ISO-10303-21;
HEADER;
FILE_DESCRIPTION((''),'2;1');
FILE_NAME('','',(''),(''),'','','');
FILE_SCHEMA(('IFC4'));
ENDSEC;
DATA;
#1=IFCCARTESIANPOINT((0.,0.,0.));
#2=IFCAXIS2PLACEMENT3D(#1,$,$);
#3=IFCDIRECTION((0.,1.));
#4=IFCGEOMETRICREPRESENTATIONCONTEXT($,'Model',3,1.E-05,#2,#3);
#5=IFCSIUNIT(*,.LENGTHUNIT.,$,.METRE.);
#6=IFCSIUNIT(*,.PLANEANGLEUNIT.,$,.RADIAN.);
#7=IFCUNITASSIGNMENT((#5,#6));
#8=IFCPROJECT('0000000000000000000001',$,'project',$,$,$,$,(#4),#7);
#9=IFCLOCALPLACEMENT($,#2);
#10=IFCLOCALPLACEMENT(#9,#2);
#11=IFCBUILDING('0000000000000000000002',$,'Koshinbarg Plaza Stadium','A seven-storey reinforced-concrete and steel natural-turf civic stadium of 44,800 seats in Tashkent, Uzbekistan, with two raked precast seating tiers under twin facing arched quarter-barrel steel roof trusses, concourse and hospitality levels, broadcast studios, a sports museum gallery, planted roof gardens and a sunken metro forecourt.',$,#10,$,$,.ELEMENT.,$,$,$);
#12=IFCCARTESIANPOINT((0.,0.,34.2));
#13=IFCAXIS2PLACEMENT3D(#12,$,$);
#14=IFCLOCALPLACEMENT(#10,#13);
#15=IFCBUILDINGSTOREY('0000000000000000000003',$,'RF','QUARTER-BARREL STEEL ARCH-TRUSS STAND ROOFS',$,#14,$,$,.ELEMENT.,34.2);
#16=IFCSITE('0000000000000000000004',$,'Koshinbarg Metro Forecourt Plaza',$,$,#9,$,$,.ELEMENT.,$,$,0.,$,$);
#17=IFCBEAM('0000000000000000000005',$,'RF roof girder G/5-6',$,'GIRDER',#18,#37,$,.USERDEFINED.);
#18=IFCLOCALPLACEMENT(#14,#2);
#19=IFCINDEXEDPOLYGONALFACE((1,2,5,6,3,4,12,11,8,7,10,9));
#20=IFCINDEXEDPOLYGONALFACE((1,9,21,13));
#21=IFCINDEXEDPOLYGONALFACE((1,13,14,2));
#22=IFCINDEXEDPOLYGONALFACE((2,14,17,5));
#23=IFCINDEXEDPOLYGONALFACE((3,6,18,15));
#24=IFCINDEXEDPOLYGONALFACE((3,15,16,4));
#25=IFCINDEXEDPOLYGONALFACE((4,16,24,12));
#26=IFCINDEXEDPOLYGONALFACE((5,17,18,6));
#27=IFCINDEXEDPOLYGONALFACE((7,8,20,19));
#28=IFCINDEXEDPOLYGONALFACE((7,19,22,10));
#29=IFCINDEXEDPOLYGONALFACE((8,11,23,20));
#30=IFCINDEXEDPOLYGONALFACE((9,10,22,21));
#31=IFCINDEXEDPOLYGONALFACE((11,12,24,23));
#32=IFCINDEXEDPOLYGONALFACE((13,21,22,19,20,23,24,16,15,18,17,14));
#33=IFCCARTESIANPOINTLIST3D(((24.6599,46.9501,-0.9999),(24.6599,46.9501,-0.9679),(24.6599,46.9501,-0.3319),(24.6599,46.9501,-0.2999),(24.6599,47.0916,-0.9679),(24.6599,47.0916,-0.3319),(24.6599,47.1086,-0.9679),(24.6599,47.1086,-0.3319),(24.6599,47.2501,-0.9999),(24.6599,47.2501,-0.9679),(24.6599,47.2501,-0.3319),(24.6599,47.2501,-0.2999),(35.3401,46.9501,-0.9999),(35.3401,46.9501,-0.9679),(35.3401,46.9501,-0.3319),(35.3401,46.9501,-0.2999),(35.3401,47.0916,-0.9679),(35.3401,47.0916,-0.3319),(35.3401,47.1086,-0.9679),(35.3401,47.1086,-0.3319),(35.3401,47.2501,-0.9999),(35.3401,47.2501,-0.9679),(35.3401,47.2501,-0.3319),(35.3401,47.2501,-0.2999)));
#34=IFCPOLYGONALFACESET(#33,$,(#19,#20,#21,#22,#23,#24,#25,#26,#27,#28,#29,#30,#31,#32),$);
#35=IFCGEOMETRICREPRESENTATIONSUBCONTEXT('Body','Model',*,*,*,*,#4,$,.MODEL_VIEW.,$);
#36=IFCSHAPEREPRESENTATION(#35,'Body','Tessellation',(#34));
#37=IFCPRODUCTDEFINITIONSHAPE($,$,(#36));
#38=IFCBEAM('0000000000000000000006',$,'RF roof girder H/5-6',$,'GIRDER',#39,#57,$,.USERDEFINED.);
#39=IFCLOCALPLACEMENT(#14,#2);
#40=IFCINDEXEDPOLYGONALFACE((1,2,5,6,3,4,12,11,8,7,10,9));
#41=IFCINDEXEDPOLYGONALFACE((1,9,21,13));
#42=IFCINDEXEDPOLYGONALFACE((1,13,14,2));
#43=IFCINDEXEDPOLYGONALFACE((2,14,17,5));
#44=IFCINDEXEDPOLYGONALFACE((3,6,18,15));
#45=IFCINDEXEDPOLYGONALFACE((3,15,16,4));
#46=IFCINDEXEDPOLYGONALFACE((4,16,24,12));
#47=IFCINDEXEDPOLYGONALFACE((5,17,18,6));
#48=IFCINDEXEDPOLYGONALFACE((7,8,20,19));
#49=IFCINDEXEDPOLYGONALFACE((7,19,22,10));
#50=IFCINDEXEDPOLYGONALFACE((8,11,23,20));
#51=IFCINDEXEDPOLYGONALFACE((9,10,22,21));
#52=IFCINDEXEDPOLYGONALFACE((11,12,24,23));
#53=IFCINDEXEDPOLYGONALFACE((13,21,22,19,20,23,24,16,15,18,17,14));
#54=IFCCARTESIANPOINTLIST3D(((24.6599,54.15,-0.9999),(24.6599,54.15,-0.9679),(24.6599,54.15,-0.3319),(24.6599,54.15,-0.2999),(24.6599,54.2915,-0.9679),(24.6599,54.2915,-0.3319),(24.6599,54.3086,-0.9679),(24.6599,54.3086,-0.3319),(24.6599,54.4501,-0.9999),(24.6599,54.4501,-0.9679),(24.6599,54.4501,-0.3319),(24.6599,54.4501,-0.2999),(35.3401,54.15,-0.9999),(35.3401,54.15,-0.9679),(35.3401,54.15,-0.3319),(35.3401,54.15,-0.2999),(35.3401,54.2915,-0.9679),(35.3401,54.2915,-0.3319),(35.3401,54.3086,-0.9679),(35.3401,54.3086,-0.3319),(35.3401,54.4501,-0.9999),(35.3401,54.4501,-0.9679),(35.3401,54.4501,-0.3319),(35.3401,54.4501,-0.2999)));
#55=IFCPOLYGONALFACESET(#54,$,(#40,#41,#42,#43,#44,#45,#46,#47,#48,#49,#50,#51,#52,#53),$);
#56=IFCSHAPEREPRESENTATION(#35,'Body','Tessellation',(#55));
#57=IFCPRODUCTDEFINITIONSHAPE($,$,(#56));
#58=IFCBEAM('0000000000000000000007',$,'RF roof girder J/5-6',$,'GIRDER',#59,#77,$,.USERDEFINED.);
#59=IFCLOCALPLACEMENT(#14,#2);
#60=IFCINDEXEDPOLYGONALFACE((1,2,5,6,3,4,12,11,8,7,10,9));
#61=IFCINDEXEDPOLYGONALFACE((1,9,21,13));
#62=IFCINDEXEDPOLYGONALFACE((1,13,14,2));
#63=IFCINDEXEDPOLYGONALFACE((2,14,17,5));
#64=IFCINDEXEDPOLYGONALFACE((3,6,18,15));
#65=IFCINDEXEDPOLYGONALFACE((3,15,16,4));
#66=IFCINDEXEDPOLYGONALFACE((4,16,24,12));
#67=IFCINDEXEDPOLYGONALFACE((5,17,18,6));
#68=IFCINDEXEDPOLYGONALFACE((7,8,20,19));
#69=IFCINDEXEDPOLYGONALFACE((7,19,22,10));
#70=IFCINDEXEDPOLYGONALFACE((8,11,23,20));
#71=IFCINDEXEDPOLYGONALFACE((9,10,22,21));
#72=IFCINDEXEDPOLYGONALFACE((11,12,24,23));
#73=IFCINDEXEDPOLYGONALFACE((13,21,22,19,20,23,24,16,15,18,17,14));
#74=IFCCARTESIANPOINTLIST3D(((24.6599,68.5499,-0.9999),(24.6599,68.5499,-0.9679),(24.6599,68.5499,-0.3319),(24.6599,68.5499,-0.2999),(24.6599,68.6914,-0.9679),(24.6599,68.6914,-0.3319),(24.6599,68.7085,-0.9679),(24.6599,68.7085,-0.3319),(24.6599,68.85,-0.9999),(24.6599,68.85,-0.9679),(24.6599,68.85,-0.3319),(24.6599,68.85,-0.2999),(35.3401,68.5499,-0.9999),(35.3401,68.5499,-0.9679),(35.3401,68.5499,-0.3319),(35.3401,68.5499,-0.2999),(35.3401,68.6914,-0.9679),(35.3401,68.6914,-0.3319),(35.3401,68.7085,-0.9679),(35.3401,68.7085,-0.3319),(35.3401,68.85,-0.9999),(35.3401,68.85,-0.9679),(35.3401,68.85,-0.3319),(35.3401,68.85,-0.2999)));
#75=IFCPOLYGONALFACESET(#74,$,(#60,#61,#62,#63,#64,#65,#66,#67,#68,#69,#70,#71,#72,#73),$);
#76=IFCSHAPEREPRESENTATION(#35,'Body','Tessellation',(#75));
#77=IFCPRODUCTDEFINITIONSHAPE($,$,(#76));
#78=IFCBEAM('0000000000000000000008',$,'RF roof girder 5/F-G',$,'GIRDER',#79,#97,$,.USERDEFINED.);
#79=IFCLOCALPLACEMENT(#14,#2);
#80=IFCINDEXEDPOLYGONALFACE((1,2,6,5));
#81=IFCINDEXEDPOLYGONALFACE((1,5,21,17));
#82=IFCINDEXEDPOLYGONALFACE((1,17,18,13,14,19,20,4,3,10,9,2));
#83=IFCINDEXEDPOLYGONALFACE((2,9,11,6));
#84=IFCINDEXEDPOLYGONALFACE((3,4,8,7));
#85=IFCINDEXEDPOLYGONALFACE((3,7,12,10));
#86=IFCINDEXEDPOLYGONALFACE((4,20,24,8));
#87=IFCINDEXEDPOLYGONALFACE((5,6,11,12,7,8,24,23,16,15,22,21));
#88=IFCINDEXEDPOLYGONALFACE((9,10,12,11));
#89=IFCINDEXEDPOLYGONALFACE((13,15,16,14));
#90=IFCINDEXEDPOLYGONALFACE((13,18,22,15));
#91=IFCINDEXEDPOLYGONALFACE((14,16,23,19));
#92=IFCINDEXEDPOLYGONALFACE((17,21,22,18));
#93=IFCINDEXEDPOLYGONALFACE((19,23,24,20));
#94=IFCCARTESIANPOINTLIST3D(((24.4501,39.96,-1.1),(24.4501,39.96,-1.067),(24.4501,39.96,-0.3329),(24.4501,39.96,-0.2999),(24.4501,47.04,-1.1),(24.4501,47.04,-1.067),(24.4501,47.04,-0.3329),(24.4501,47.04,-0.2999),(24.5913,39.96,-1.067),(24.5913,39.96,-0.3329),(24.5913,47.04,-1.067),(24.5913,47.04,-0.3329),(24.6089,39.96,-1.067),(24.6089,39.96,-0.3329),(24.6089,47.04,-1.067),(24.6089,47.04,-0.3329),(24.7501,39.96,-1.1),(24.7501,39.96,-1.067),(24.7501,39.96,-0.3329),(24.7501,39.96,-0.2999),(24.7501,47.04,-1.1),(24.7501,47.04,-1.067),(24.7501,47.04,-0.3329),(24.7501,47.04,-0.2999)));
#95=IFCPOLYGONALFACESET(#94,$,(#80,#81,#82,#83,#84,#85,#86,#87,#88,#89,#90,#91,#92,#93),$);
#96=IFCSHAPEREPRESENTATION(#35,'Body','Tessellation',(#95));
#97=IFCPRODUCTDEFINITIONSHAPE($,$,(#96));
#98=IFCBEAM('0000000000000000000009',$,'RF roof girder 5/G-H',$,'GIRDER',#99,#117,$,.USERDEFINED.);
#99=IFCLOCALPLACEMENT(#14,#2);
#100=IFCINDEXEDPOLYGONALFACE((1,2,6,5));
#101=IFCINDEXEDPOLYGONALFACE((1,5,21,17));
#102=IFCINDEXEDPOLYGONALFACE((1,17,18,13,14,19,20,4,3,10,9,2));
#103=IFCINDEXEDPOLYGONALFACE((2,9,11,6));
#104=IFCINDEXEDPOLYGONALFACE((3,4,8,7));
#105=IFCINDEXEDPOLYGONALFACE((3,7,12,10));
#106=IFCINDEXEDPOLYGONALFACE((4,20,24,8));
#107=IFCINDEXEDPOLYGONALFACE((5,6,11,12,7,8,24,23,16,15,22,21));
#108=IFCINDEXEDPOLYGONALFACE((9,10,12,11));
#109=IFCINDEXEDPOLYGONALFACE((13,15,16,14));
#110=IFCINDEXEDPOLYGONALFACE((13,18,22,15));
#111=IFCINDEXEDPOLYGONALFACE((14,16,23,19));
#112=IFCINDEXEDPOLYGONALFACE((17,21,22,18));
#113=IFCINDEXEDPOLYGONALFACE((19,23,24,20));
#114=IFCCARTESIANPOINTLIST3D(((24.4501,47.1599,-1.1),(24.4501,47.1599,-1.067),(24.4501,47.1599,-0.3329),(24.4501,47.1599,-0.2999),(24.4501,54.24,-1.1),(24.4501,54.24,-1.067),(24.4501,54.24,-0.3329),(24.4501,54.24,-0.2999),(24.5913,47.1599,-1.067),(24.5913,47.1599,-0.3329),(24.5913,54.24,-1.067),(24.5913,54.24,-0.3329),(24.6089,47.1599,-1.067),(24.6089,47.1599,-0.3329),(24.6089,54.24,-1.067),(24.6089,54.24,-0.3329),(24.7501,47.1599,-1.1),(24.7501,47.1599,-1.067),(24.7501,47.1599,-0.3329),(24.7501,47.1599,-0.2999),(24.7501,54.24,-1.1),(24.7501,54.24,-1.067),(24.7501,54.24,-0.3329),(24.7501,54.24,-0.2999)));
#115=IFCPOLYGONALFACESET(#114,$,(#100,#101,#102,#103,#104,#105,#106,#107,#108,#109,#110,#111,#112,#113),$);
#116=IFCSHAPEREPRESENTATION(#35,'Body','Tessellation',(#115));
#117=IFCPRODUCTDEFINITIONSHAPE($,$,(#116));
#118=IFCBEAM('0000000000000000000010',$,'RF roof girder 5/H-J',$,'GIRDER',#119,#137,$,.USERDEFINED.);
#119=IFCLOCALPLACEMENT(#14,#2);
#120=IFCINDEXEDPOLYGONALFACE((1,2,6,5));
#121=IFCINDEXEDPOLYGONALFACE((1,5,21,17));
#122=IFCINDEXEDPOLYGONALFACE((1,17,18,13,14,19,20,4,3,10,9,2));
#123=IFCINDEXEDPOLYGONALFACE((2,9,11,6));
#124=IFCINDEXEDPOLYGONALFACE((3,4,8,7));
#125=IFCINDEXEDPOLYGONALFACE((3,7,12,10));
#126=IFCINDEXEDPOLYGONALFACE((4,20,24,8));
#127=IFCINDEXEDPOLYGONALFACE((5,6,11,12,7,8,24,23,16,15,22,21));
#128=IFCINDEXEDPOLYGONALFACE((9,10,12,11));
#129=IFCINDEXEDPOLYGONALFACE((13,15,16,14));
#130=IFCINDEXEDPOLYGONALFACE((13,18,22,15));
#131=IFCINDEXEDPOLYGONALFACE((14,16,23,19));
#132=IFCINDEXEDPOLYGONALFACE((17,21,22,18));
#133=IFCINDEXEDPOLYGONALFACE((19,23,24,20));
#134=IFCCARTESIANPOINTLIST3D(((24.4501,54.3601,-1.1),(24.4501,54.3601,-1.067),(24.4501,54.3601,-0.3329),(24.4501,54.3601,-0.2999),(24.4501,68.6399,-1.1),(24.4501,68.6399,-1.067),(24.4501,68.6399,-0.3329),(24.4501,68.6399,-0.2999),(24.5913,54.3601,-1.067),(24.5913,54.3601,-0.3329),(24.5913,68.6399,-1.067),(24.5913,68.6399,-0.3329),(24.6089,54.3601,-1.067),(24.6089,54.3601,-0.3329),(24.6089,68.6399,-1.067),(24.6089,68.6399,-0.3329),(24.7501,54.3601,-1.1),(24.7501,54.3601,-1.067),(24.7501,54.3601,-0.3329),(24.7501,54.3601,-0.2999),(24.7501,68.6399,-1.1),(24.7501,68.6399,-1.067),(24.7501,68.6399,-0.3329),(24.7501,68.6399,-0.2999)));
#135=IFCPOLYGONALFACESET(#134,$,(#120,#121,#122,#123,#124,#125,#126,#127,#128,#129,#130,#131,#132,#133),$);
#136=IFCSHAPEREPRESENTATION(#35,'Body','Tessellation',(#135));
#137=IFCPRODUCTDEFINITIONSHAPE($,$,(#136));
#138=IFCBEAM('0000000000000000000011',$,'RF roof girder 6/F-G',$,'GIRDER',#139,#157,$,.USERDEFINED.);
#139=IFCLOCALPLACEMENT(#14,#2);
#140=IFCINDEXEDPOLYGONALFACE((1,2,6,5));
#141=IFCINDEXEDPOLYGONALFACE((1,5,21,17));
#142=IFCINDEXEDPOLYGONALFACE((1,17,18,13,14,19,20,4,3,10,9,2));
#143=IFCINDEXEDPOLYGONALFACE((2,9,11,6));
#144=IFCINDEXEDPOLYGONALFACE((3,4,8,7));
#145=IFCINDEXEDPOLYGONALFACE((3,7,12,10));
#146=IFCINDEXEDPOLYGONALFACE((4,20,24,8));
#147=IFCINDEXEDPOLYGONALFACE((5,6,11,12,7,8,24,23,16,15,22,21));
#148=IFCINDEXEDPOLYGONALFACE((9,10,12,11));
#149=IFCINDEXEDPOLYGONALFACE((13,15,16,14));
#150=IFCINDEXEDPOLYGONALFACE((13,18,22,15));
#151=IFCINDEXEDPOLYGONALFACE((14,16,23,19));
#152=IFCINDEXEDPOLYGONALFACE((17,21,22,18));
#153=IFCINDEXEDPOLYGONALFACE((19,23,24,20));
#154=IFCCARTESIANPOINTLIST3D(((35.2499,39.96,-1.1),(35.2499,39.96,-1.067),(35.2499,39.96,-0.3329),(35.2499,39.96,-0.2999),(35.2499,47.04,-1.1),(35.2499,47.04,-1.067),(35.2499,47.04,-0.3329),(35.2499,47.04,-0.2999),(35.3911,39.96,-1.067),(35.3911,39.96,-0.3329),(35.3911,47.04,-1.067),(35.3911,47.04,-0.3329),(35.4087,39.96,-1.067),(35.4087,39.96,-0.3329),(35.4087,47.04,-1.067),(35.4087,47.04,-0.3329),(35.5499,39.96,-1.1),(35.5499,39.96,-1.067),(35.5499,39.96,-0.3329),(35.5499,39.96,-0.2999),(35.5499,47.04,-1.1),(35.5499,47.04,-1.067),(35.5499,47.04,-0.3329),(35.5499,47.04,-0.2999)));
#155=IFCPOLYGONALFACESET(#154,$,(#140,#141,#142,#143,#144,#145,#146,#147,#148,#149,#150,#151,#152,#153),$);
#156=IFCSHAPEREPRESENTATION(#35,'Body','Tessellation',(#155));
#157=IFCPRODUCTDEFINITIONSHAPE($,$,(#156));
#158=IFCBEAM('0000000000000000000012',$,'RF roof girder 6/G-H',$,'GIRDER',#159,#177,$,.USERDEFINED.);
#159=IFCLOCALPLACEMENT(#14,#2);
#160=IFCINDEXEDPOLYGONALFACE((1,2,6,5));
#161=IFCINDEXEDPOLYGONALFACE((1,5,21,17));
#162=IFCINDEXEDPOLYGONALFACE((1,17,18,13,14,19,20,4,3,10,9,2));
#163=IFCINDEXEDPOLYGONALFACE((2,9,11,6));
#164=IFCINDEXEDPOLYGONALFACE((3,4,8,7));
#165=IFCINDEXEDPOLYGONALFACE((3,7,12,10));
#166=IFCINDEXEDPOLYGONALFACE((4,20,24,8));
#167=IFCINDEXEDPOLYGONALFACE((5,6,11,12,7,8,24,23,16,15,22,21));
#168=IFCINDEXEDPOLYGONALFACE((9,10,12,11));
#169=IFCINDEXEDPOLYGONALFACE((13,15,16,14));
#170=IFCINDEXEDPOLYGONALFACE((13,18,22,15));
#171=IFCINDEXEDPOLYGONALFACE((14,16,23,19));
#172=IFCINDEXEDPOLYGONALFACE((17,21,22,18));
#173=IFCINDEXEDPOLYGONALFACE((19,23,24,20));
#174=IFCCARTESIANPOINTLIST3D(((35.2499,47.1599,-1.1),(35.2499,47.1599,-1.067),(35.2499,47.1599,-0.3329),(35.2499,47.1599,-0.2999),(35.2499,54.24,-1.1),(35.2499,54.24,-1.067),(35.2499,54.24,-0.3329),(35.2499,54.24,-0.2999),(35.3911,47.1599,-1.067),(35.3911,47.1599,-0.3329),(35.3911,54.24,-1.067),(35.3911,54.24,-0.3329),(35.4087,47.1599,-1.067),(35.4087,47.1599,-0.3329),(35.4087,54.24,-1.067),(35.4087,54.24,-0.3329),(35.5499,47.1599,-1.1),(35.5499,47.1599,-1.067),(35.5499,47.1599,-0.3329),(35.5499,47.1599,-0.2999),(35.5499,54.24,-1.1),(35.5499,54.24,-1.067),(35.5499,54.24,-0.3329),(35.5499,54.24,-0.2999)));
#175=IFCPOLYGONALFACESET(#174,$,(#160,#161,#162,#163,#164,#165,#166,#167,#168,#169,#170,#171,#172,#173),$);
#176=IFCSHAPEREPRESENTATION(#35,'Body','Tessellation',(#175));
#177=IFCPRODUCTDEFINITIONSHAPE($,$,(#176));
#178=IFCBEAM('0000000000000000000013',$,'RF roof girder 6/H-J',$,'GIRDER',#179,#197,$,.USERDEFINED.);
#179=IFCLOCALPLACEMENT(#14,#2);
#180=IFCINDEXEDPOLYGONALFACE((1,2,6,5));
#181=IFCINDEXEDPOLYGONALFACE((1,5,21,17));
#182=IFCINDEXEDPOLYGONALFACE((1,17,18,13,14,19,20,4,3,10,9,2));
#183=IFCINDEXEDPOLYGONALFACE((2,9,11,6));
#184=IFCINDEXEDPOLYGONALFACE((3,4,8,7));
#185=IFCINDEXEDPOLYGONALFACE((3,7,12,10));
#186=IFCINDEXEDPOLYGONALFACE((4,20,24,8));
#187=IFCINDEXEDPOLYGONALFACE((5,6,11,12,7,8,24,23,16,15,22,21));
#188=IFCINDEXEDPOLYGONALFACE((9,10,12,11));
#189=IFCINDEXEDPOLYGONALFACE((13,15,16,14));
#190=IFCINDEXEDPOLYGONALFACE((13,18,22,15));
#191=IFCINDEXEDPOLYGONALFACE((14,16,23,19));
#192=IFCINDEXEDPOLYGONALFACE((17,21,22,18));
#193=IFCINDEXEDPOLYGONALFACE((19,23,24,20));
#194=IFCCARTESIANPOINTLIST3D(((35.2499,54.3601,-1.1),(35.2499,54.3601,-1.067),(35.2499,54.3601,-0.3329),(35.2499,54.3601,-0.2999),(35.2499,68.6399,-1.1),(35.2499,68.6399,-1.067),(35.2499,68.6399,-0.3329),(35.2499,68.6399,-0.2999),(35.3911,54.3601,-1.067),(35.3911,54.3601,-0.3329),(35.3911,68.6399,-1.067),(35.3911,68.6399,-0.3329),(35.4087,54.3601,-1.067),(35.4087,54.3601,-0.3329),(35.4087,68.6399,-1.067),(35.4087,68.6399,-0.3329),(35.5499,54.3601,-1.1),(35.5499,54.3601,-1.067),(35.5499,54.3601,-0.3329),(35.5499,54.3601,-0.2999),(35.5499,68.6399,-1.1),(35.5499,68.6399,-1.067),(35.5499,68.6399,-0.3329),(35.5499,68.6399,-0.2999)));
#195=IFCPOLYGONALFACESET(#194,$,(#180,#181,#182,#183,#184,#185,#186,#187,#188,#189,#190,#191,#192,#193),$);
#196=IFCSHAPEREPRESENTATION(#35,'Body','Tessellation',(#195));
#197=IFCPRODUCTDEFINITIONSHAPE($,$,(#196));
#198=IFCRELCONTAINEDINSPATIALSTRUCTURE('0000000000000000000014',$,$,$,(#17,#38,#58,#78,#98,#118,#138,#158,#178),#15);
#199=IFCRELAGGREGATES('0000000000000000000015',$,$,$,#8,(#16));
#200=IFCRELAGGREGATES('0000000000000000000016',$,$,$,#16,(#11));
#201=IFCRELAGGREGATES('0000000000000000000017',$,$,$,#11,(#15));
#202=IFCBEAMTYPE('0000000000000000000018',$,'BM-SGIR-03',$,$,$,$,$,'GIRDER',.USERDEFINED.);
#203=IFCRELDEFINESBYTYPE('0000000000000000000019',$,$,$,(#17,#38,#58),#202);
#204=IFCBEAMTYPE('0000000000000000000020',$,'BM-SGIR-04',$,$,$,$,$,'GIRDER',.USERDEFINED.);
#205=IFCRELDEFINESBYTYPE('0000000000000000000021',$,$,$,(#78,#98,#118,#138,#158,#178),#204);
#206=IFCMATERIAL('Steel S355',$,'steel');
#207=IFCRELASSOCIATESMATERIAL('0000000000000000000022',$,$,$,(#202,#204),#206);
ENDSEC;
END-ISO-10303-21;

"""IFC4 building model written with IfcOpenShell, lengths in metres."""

from ifc_helpers import new_model, si_unit, direction, frame, origin, origin_2d, place, context, subcontext, project, spatial, i_section, extrude, material, material_profile, profile_set, type_object, element, save


model = new_model("IFC4")

# Units and contexts
model_context = context("Model", 3, precision=1e-05, world=origin(), true_north=direction((0.0, 1.0)))
body_context = subcontext(model_context, "Body", "Model", "MODEL_VIEW")
ifc_project = project(units=[si_unit("LENGTHUNIT", "METRE"), si_unit("PLANEANGLEUNIT", "RADIAN")], contexts=[model_context])

# Site, building, storey
site_placement = place(None, origin())
site = spatial("IfcSite", under=ifc_project, at=site_placement, Name="Koshinbarg Metro Forecourt Plaza", CompositionType="ELEMENT", RefElevation=0.0)
building_placement = place(site_placement, origin())
building = spatial("IfcBuilding", under=site, at=building_placement, Name="Koshinbarg Plaza Stadium", Description="A seven-storey reinforced-concrete and steel natural-turf civic stadium of 44,800 seats in Tashkent, Uzbekistan, with two raked precast seating tiers under twin facing arched quarter-barrel steel roof trusses, concourse and hospitality levels, broadcast studios, a sports museum gallery, planted roof gardens and a sunken metro forecourt.", CompositionType="ELEMENT")
storey_placement = place(building_placement, frame((0.0, 0.0, 34.2)))
storey = spatial("IfcBuildingStorey", under=building, at=storey_placement, Name="RF", Description="QUARTER-BARREL STEEL ARCH-TRUSS STAND ROOFS", CompositionType="ELEMENT", Elevation=34.2)

# Beams
ifc_material_1 = material(Name="Steel S355", Category="steel")
ifc_material_profile_1 = material_profile(ifc_material_1, i_section(OverallWidth=0.3, OverallDepth=0.7, WebThickness=0.0171, FlangeThickness=0.032, at=origin_2d()), Name="HEB 700")
ifc_profile_set_1 = profile_set([ifc_material_profile_1], Name="Steel S355")
beam_type_1 = type_object("IfcBeamType", Name="BM-SGIR-03", ElementType="GIRDER", PredefinedType="USERDEFINED", material=ifc_profile_set_1)
for number, where, z_axis, x_axis, name in (
    (1, (24.6599, 47.1001, -0.6499), (1.0, 0.0, 0.0), (0.0, 1.0, 0.0), "RF roof girder G/5-6"),
    (2, (24.6599, 54.3, -0.6499), (1.0, 0.0, 0.0), (0.0, 1.0, 0.0), "RF roof girder H/5-6"),
    (3, (24.6599, 68.7, -0.6499), (1.0, 0.0, 0.0), (0.0, 1.0, 0.0), "RF roof girder J/5-6"),
):
    element("IfcBeam", number, at=place(storey_placement, frame(where, z_axis=z_axis, x_axis=x_axis)), inside=storey, type_object=beam_type_1, Name=name, ObjectType="GIRDER", PredefinedType="USERDEFINED", context=body_context, shape_type="SweptSolid", body=[
        extrude(i_section(OverallWidth=0.3, OverallDepth=0.7, WebThickness=0.0171, FlangeThickness=0.032, at=origin_2d()), origin(), (0.0, 0.0, 1.0), 10.6802),
    ])
ifc_material_profile_2 = material_profile(ifc_material_1, i_section(OverallWidth=0.3, OverallDepth=0.8, WebThickness=0.0176, FlangeThickness=0.033, at=origin_2d()), Name="HEB 800")
ifc_profile_set_2 = profile_set([ifc_material_profile_2], Name="Steel S355")
beam_type_2 = type_object("IfcBeamType", Name="BM-SGIR-04", ElementType="GIRDER", PredefinedType="USERDEFINED", material=ifc_profile_set_2)
for number, where, z_axis, x_axis, name in (
    (4, (24.6001, 39.96, -0.7), (0.0, 1.0, 0.0), (-1.0, 0.0, 0.0), "RF roof girder 5/F-G"),
    (5, (24.6001, 47.1599, -0.7), (0.0, 1.0, 0.0), (-1.0, 0.0, 0.0), "RF roof girder 5/G-H"),
):
    element("IfcBeam", number, at=place(storey_placement, frame(where, z_axis=z_axis, x_axis=x_axis)), inside=storey, type_object=beam_type_2, Name=name, ObjectType="GIRDER", PredefinedType="USERDEFINED", context=body_context, shape_type="SweptSolid", body=[
        extrude(i_section(OverallWidth=0.3, OverallDepth=0.8, WebThickness=0.0176, FlangeThickness=0.033, at=origin_2d()), origin(), (0.0, 0.0, 1.0), 7.0801),
    ])
beam_1_placement = place(storey_placement, frame((24.6001, 54.3601, -0.7), z_axis=(0.0, 1.0, 0.0), x_axis=(-1.0, 0.0, 0.0)))
element("IfcBeam", 6, at=beam_1_placement, inside=storey, type_object=beam_type_2, Name="RF roof girder 5/H-J", ObjectType="GIRDER", PredefinedType="USERDEFINED", context=body_context, shape_type="SweptSolid", body=[
    extrude(i_section(OverallWidth=0.3, OverallDepth=0.8, WebThickness=0.0176, FlangeThickness=0.033, at=origin_2d()), origin(), (0.0, 0.0, 1.0), 14.2798),
])
for number, where, z_axis, x_axis, name in (
    (7, (35.3999, 39.96, -0.7), (0.0, 1.0, 0.0), (-1.0, 0.0, 0.0), "RF roof girder 6/F-G"),
    (8, (35.3999, 47.1599, -0.7), (0.0, 1.0, 0.0), (-1.0, 0.0, 0.0), "RF roof girder 6/G-H"),
):
    element("IfcBeam", number, at=place(storey_placement, frame(where, z_axis=z_axis, x_axis=x_axis)), inside=storey, type_object=beam_type_2, Name=name, ObjectType="GIRDER", PredefinedType="USERDEFINED", context=body_context, shape_type="SweptSolid", body=[
        extrude(i_section(OverallWidth=0.3, OverallDepth=0.8, WebThickness=0.0176, FlangeThickness=0.033, at=origin_2d()), origin(), (0.0, 0.0, 1.0), 7.0801),
    ])
beam_2_placement = place(storey_placement, frame((35.3999, 54.3601, -0.7), z_axis=(0.0, 1.0, 0.0), x_axis=(-1.0, 0.0, 0.0)))
element("IfcBeam", 9, at=beam_2_placement, inside=storey, type_object=beam_type_2, Name="RF roof girder 6/H-J", ObjectType="GIRDER", PredefinedType="USERDEFINED", context=body_context, shape_type="SweptSolid", body=[
    extrude(i_section(OverallWidth=0.3, OverallDepth=0.8, WebThickness=0.0176, FlangeThickness=0.033, at=origin_2d()), origin(), (0.0, 0.0, 1.0), 14.2798),
])

save(model, "model.ifc")
